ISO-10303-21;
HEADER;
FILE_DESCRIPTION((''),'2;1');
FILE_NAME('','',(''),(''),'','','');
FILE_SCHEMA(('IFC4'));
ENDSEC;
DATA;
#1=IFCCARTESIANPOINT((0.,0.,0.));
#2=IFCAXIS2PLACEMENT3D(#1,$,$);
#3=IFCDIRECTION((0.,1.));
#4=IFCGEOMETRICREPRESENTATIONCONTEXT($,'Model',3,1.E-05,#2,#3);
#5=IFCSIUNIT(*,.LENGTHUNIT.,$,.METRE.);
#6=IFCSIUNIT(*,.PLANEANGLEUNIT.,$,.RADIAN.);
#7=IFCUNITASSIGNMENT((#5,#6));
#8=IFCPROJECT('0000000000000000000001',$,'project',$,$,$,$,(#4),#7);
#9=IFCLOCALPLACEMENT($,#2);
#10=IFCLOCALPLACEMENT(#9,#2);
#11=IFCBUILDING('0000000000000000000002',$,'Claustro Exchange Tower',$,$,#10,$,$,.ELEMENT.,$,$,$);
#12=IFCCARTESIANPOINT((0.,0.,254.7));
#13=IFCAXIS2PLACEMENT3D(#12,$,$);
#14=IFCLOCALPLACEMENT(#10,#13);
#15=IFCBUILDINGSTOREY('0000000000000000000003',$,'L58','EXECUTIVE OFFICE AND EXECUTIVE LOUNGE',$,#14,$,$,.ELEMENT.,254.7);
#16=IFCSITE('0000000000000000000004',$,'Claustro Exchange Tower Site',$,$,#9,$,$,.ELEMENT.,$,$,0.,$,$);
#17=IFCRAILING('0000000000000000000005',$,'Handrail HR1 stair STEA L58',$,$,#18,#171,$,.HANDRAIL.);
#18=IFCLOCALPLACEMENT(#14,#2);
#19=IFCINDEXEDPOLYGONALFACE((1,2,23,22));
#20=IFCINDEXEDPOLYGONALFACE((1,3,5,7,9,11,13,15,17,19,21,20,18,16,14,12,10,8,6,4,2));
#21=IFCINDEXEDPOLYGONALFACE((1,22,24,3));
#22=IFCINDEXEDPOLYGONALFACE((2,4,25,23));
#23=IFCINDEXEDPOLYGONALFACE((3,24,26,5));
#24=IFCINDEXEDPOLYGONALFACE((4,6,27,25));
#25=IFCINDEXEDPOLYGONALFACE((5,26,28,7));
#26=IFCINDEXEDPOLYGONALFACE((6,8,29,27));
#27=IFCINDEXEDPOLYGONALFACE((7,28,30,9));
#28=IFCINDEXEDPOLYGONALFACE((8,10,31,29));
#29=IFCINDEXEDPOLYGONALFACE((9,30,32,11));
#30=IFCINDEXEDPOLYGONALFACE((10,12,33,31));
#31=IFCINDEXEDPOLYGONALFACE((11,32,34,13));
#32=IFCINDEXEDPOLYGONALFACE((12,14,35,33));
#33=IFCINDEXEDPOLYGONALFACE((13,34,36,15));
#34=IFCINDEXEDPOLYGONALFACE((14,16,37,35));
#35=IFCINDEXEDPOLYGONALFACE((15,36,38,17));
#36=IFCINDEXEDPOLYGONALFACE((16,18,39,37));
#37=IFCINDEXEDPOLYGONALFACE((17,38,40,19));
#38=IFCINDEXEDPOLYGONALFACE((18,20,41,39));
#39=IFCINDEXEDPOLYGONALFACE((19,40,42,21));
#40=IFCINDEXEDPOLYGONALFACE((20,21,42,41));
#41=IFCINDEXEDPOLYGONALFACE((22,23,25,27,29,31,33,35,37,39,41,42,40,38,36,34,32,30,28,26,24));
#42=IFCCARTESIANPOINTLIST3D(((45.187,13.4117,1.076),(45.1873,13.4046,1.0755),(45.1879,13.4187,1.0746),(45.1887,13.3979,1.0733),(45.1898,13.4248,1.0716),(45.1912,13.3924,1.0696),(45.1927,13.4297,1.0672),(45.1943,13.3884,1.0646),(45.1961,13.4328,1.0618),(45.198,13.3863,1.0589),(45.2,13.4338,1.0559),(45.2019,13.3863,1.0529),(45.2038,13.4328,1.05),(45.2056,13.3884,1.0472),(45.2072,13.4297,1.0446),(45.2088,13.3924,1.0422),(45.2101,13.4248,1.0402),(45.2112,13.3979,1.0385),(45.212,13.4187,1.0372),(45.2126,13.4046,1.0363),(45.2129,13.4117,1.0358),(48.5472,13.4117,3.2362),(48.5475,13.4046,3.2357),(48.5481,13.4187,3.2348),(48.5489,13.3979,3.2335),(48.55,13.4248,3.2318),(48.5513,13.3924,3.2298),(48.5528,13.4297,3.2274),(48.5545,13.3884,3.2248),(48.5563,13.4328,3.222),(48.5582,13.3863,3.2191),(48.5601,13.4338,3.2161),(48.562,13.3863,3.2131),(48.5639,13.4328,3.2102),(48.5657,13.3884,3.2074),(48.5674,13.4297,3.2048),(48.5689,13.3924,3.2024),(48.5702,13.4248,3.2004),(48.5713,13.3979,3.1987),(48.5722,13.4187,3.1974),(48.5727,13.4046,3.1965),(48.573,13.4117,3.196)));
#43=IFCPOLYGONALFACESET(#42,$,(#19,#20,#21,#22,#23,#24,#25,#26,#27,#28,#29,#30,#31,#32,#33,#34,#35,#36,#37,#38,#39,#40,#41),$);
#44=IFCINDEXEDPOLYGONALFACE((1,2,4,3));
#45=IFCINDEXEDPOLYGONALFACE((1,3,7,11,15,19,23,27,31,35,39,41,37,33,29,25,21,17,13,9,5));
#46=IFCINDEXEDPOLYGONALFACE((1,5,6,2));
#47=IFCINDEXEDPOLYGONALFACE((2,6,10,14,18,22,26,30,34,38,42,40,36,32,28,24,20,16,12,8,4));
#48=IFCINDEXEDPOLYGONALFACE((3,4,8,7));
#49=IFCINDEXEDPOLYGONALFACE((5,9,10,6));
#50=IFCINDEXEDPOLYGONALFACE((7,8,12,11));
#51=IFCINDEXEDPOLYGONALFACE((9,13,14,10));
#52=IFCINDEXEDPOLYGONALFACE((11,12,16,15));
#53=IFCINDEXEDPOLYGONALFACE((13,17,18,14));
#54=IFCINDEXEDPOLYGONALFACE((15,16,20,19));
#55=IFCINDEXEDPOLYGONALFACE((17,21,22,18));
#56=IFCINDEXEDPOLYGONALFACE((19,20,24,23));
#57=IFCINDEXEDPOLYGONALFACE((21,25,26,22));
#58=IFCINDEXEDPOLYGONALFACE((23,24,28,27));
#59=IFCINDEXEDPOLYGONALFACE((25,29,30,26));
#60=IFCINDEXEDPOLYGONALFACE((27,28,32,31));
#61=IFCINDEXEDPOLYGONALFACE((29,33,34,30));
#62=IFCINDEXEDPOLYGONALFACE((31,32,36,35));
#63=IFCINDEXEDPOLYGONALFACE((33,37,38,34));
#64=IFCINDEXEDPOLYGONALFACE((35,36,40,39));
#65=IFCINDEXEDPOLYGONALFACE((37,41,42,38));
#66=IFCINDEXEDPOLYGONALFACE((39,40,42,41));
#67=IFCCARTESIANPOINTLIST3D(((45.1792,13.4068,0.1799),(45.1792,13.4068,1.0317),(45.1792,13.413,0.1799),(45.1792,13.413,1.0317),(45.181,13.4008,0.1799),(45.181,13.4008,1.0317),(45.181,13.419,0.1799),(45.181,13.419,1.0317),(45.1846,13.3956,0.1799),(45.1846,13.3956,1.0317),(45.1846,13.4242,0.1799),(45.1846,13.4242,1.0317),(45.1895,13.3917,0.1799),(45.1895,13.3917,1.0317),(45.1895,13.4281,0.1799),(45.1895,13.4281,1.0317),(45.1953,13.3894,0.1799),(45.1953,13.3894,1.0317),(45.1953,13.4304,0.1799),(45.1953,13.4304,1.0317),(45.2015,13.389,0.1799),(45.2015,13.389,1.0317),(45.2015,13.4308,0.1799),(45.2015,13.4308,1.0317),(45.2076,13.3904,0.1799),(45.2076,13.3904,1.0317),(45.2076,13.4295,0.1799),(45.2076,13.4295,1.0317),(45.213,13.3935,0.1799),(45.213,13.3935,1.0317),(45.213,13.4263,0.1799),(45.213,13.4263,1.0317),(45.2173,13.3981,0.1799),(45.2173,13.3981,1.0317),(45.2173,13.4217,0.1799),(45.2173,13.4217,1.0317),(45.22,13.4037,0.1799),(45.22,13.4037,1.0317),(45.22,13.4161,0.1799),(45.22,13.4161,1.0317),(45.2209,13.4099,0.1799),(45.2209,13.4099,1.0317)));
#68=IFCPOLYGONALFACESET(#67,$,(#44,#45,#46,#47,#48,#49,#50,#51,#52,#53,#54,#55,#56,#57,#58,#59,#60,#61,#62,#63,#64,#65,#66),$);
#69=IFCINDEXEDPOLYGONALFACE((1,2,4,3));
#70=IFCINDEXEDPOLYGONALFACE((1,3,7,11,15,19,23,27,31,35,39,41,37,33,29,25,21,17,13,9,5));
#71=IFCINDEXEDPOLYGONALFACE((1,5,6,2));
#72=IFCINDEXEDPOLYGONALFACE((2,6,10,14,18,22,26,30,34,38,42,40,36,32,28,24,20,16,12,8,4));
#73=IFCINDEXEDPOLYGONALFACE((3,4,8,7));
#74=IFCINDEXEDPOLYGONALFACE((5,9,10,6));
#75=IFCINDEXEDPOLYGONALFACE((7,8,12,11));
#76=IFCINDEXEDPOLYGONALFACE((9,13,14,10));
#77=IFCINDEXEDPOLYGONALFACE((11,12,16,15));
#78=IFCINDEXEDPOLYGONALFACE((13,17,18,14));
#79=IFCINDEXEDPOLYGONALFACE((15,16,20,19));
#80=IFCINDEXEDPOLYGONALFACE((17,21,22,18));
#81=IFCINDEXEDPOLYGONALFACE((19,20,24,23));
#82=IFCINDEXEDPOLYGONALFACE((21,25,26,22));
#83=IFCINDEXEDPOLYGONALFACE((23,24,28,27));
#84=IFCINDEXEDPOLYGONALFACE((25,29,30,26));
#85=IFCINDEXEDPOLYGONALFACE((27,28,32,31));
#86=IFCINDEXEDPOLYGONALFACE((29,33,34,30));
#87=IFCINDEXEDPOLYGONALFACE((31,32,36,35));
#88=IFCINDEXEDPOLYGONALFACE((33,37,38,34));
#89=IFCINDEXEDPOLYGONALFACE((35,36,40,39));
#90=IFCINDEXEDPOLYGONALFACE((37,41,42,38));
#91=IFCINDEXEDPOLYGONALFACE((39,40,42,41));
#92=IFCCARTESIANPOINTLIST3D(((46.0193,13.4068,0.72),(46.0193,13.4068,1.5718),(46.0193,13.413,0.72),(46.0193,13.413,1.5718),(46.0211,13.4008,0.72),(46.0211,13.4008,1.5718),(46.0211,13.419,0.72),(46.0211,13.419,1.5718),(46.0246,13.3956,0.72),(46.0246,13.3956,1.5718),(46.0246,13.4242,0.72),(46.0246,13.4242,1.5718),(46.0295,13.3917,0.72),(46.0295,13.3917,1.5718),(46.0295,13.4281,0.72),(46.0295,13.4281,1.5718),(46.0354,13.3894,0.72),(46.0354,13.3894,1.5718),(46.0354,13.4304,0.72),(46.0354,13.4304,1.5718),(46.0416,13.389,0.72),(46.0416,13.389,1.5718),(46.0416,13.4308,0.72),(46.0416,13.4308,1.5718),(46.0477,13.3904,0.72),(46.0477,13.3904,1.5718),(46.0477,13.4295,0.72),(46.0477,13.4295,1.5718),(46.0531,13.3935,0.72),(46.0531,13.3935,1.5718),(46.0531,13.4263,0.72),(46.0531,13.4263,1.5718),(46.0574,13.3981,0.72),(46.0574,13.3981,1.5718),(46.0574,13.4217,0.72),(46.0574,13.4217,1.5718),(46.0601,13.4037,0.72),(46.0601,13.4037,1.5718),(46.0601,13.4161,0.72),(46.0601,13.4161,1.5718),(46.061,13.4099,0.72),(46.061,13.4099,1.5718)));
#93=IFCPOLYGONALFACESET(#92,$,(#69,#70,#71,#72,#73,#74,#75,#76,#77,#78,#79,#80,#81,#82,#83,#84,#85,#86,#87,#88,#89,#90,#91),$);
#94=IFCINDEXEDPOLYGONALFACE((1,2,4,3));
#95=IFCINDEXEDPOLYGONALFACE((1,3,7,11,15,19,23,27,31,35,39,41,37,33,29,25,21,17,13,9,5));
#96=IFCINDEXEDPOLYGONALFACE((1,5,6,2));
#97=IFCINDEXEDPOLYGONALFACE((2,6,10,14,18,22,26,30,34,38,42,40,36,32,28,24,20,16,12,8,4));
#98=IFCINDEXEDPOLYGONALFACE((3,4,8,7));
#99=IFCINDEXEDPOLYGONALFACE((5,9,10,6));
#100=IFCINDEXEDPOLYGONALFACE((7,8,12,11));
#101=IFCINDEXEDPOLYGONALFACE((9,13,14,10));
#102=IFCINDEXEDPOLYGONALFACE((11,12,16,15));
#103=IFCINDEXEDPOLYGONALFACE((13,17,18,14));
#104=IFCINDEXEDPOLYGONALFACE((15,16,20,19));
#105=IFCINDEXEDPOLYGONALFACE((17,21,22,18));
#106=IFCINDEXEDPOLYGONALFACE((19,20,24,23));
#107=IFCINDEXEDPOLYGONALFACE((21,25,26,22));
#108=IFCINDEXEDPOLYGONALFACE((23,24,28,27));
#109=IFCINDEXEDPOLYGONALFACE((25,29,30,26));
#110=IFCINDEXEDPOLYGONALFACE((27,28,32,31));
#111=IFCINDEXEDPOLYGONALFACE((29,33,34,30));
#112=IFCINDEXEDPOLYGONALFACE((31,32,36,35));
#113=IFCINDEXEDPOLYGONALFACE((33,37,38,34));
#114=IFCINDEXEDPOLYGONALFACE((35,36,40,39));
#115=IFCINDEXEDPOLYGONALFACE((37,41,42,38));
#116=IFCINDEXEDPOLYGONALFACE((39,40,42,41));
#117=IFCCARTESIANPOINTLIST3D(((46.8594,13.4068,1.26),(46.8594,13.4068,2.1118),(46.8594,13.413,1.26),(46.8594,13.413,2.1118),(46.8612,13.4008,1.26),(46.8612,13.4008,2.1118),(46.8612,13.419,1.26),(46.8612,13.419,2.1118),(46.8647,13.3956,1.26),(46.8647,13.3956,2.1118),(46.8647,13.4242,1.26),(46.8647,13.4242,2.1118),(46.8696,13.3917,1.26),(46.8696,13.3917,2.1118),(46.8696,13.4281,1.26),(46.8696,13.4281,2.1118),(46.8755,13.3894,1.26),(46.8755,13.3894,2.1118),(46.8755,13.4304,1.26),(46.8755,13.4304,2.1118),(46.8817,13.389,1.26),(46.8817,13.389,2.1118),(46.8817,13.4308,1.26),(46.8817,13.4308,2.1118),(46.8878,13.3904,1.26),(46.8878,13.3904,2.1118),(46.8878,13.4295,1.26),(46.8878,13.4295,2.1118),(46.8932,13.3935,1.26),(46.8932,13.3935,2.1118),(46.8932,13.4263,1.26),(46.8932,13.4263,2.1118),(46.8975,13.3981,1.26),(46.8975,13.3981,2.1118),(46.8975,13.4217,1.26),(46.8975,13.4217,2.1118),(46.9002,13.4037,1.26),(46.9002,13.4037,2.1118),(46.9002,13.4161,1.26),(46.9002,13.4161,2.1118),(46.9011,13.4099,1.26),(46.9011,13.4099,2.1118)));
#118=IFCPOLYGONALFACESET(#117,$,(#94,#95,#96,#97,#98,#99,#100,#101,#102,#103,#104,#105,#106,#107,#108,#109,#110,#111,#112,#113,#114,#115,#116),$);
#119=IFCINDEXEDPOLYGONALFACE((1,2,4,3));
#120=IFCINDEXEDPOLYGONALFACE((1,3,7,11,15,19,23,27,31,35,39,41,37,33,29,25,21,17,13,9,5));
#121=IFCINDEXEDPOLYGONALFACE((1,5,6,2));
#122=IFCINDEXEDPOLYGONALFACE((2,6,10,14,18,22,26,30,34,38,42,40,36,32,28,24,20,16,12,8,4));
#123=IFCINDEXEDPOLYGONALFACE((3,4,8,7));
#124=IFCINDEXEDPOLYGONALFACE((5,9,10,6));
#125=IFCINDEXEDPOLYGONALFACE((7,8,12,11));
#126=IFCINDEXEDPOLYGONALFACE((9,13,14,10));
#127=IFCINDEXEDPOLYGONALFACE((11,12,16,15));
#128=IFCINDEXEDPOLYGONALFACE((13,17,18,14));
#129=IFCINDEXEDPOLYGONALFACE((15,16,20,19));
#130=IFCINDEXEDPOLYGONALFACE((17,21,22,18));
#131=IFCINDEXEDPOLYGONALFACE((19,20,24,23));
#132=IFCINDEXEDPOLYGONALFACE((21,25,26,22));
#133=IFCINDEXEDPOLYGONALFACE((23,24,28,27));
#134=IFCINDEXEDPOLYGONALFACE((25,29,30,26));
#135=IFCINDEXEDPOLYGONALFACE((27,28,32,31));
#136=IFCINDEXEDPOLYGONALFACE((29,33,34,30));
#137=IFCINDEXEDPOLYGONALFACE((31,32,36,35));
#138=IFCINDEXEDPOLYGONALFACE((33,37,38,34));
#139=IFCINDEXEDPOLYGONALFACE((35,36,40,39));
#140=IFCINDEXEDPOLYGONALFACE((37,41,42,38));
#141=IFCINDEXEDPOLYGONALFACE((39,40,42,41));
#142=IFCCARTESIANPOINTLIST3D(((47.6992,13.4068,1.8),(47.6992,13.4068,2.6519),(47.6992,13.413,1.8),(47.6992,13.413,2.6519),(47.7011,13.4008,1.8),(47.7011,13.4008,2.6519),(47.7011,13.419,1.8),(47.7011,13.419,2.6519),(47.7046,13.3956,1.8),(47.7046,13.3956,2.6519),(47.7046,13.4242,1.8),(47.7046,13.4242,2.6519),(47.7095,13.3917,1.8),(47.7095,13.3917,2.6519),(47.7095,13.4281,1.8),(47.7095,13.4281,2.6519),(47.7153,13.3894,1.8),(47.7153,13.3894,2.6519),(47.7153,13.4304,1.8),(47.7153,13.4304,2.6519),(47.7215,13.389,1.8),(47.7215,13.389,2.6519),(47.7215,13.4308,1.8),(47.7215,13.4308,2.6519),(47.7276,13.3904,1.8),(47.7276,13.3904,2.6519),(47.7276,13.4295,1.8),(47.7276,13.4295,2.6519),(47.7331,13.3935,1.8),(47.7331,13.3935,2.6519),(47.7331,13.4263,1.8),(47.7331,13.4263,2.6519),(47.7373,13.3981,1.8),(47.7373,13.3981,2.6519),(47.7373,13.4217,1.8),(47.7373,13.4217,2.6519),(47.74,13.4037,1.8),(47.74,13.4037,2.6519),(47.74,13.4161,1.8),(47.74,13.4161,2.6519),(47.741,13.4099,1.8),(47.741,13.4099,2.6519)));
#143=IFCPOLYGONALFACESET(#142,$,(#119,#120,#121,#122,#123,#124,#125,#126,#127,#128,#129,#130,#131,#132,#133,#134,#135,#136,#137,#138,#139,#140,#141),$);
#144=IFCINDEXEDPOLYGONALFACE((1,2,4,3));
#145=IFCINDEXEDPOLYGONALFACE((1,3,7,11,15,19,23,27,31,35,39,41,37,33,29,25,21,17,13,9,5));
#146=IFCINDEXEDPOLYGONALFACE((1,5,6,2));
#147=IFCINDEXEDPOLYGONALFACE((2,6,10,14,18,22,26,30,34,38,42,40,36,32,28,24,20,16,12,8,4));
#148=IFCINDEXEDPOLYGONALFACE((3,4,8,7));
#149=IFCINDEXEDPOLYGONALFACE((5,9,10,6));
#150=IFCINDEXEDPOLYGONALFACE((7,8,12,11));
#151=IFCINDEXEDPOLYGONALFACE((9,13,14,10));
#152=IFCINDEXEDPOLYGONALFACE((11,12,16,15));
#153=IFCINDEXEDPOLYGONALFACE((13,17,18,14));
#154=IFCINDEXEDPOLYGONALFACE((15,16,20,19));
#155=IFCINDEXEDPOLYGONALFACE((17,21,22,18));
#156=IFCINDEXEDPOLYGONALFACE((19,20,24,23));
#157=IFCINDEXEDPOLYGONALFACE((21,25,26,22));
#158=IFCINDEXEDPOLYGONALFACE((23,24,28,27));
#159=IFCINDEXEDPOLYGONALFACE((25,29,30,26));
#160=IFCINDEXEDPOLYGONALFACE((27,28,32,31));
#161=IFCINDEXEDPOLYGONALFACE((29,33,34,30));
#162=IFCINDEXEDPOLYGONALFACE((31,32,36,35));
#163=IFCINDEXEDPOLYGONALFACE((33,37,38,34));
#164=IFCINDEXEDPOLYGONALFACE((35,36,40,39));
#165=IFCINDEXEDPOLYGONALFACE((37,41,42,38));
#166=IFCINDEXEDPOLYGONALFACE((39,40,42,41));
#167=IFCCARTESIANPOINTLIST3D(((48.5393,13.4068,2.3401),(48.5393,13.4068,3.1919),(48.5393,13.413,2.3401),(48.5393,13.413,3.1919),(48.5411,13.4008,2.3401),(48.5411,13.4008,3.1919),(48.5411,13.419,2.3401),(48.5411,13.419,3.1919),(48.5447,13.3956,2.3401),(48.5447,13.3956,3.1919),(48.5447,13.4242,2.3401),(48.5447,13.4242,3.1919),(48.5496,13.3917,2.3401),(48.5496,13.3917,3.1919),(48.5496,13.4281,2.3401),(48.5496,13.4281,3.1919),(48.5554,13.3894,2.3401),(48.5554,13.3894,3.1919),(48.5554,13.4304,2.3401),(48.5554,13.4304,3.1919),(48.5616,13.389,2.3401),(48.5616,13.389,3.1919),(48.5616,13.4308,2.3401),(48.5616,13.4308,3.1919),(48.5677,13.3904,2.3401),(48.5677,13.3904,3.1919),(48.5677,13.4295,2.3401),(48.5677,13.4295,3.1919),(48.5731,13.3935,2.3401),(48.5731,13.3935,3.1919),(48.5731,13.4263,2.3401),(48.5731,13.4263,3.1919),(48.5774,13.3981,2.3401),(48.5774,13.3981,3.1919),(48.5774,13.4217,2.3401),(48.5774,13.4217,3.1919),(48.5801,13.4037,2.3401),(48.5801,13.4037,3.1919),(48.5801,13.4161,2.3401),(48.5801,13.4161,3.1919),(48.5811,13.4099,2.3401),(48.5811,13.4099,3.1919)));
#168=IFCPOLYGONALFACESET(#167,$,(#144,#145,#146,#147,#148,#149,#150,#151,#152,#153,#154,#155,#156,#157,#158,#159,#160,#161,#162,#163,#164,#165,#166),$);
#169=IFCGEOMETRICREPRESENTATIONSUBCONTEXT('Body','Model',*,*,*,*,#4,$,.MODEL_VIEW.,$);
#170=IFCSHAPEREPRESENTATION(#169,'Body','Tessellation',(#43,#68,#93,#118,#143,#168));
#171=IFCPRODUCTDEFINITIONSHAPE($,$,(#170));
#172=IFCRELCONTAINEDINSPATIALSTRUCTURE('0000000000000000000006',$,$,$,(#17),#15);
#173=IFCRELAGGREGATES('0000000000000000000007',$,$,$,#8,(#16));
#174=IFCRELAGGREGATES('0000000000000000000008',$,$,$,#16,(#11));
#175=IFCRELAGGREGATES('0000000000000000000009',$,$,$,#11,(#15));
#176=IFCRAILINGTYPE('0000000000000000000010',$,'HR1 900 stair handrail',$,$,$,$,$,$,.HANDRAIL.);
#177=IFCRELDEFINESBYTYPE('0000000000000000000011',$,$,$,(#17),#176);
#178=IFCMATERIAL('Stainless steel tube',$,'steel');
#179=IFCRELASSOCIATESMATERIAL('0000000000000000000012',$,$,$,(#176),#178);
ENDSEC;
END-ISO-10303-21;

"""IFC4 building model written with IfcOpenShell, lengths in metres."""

from ifc_helpers import new_model, si_unit, direction, frame, origin, origin_2d, place, context, subcontext, project, spatial, circle, extrude, material, type_object, element, save


model = new_model("IFC4")

# Units and contexts
model_context = context("Model", 3, precision=1e-05, world=origin(), true_north=direction((0.0, 1.0)))
body_context = subcontext(model_context, "Body", "Model", "MODEL_VIEW")
ifc_project = project(units=[si_unit("LENGTHUNIT", "METRE"), si_unit("PLANEANGLEUNIT", "RADIAN")], contexts=[model_context])

# Site, building, storey
site_placement = place(None, origin())
site = spatial("IfcSite", under=ifc_project, at=site_placement, Name="Claustro Exchange Tower Site", CompositionType="ELEMENT", RefElevation=0.0)
building_placement = place(site_placement, origin())
building = spatial("IfcBuilding", under=site, at=building_placement, Name="Claustro Exchange Tower", CompositionType="ELEMENT")
storey_placement = place(building_placement, frame((0.0, 0.0, 254.7)))
storey = spatial("IfcBuildingStorey", under=building, at=storey_placement, Name="L58", Description="EXECUTIVE OFFICE AND EXECUTIVE LOUNGE", CompositionType="ELEMENT", Elevation=254.7)

# Railing
ifc_material_1 = material(Name="Stainless steel tube", Category="steel")
railing_type = type_object("IfcRailingType", Name="HR1 900 stair handrail", PredefinedType="HANDRAIL", material=ifc_material_1)
railing_placement = place(storey_placement, frame((45.2, 13.4099, 0.1799)))
element("IfcRailing", 1, at=railing_placement, inside=storey, type_object=railing_type, Name="Handrail HR1 stair STEA L58", PredefinedType="HANDRAIL", context=body_context, shape_type="SweptSolid", body=[
    extrude(circle(Radius=0.0239, at=origin_2d()), frame((0.0, 0.0, 0.876), z_axis=(0.841169, 0.0, 0.540773), x_axis=(0.0, 1.0, 0.0)), (0.0, 0.0, 1.0), 3.9946),
    extrude(circle(Radius=0.021, at=origin_2d()), origin(), (0.0, 0.0, 1.0), 0.8518),
    extrude(circle(Radius=0.021, at=origin_2d()), frame((0.8401, 0.0, 0.54)), (0.0, 0.0, 1.0), 0.8518),
    extrude(circle(Radius=0.021, at=origin_2d()), frame((1.6802, 0.0, 1.0801)), (0.0, 0.0, 1.0), 0.8518),
    extrude(circle(Radius=0.021, at=origin_2d()), frame((2.52, 0.0, 1.6201)), (0.0, 0.0, 1.0), 0.8518),
    extrude(circle(Radius=0.021, at=origin_2d()), frame((3.3601, 0.0, 2.1602)), (0.0, 0.0, 1.0), 0.8518),
])

save(model, "model.ifc")
